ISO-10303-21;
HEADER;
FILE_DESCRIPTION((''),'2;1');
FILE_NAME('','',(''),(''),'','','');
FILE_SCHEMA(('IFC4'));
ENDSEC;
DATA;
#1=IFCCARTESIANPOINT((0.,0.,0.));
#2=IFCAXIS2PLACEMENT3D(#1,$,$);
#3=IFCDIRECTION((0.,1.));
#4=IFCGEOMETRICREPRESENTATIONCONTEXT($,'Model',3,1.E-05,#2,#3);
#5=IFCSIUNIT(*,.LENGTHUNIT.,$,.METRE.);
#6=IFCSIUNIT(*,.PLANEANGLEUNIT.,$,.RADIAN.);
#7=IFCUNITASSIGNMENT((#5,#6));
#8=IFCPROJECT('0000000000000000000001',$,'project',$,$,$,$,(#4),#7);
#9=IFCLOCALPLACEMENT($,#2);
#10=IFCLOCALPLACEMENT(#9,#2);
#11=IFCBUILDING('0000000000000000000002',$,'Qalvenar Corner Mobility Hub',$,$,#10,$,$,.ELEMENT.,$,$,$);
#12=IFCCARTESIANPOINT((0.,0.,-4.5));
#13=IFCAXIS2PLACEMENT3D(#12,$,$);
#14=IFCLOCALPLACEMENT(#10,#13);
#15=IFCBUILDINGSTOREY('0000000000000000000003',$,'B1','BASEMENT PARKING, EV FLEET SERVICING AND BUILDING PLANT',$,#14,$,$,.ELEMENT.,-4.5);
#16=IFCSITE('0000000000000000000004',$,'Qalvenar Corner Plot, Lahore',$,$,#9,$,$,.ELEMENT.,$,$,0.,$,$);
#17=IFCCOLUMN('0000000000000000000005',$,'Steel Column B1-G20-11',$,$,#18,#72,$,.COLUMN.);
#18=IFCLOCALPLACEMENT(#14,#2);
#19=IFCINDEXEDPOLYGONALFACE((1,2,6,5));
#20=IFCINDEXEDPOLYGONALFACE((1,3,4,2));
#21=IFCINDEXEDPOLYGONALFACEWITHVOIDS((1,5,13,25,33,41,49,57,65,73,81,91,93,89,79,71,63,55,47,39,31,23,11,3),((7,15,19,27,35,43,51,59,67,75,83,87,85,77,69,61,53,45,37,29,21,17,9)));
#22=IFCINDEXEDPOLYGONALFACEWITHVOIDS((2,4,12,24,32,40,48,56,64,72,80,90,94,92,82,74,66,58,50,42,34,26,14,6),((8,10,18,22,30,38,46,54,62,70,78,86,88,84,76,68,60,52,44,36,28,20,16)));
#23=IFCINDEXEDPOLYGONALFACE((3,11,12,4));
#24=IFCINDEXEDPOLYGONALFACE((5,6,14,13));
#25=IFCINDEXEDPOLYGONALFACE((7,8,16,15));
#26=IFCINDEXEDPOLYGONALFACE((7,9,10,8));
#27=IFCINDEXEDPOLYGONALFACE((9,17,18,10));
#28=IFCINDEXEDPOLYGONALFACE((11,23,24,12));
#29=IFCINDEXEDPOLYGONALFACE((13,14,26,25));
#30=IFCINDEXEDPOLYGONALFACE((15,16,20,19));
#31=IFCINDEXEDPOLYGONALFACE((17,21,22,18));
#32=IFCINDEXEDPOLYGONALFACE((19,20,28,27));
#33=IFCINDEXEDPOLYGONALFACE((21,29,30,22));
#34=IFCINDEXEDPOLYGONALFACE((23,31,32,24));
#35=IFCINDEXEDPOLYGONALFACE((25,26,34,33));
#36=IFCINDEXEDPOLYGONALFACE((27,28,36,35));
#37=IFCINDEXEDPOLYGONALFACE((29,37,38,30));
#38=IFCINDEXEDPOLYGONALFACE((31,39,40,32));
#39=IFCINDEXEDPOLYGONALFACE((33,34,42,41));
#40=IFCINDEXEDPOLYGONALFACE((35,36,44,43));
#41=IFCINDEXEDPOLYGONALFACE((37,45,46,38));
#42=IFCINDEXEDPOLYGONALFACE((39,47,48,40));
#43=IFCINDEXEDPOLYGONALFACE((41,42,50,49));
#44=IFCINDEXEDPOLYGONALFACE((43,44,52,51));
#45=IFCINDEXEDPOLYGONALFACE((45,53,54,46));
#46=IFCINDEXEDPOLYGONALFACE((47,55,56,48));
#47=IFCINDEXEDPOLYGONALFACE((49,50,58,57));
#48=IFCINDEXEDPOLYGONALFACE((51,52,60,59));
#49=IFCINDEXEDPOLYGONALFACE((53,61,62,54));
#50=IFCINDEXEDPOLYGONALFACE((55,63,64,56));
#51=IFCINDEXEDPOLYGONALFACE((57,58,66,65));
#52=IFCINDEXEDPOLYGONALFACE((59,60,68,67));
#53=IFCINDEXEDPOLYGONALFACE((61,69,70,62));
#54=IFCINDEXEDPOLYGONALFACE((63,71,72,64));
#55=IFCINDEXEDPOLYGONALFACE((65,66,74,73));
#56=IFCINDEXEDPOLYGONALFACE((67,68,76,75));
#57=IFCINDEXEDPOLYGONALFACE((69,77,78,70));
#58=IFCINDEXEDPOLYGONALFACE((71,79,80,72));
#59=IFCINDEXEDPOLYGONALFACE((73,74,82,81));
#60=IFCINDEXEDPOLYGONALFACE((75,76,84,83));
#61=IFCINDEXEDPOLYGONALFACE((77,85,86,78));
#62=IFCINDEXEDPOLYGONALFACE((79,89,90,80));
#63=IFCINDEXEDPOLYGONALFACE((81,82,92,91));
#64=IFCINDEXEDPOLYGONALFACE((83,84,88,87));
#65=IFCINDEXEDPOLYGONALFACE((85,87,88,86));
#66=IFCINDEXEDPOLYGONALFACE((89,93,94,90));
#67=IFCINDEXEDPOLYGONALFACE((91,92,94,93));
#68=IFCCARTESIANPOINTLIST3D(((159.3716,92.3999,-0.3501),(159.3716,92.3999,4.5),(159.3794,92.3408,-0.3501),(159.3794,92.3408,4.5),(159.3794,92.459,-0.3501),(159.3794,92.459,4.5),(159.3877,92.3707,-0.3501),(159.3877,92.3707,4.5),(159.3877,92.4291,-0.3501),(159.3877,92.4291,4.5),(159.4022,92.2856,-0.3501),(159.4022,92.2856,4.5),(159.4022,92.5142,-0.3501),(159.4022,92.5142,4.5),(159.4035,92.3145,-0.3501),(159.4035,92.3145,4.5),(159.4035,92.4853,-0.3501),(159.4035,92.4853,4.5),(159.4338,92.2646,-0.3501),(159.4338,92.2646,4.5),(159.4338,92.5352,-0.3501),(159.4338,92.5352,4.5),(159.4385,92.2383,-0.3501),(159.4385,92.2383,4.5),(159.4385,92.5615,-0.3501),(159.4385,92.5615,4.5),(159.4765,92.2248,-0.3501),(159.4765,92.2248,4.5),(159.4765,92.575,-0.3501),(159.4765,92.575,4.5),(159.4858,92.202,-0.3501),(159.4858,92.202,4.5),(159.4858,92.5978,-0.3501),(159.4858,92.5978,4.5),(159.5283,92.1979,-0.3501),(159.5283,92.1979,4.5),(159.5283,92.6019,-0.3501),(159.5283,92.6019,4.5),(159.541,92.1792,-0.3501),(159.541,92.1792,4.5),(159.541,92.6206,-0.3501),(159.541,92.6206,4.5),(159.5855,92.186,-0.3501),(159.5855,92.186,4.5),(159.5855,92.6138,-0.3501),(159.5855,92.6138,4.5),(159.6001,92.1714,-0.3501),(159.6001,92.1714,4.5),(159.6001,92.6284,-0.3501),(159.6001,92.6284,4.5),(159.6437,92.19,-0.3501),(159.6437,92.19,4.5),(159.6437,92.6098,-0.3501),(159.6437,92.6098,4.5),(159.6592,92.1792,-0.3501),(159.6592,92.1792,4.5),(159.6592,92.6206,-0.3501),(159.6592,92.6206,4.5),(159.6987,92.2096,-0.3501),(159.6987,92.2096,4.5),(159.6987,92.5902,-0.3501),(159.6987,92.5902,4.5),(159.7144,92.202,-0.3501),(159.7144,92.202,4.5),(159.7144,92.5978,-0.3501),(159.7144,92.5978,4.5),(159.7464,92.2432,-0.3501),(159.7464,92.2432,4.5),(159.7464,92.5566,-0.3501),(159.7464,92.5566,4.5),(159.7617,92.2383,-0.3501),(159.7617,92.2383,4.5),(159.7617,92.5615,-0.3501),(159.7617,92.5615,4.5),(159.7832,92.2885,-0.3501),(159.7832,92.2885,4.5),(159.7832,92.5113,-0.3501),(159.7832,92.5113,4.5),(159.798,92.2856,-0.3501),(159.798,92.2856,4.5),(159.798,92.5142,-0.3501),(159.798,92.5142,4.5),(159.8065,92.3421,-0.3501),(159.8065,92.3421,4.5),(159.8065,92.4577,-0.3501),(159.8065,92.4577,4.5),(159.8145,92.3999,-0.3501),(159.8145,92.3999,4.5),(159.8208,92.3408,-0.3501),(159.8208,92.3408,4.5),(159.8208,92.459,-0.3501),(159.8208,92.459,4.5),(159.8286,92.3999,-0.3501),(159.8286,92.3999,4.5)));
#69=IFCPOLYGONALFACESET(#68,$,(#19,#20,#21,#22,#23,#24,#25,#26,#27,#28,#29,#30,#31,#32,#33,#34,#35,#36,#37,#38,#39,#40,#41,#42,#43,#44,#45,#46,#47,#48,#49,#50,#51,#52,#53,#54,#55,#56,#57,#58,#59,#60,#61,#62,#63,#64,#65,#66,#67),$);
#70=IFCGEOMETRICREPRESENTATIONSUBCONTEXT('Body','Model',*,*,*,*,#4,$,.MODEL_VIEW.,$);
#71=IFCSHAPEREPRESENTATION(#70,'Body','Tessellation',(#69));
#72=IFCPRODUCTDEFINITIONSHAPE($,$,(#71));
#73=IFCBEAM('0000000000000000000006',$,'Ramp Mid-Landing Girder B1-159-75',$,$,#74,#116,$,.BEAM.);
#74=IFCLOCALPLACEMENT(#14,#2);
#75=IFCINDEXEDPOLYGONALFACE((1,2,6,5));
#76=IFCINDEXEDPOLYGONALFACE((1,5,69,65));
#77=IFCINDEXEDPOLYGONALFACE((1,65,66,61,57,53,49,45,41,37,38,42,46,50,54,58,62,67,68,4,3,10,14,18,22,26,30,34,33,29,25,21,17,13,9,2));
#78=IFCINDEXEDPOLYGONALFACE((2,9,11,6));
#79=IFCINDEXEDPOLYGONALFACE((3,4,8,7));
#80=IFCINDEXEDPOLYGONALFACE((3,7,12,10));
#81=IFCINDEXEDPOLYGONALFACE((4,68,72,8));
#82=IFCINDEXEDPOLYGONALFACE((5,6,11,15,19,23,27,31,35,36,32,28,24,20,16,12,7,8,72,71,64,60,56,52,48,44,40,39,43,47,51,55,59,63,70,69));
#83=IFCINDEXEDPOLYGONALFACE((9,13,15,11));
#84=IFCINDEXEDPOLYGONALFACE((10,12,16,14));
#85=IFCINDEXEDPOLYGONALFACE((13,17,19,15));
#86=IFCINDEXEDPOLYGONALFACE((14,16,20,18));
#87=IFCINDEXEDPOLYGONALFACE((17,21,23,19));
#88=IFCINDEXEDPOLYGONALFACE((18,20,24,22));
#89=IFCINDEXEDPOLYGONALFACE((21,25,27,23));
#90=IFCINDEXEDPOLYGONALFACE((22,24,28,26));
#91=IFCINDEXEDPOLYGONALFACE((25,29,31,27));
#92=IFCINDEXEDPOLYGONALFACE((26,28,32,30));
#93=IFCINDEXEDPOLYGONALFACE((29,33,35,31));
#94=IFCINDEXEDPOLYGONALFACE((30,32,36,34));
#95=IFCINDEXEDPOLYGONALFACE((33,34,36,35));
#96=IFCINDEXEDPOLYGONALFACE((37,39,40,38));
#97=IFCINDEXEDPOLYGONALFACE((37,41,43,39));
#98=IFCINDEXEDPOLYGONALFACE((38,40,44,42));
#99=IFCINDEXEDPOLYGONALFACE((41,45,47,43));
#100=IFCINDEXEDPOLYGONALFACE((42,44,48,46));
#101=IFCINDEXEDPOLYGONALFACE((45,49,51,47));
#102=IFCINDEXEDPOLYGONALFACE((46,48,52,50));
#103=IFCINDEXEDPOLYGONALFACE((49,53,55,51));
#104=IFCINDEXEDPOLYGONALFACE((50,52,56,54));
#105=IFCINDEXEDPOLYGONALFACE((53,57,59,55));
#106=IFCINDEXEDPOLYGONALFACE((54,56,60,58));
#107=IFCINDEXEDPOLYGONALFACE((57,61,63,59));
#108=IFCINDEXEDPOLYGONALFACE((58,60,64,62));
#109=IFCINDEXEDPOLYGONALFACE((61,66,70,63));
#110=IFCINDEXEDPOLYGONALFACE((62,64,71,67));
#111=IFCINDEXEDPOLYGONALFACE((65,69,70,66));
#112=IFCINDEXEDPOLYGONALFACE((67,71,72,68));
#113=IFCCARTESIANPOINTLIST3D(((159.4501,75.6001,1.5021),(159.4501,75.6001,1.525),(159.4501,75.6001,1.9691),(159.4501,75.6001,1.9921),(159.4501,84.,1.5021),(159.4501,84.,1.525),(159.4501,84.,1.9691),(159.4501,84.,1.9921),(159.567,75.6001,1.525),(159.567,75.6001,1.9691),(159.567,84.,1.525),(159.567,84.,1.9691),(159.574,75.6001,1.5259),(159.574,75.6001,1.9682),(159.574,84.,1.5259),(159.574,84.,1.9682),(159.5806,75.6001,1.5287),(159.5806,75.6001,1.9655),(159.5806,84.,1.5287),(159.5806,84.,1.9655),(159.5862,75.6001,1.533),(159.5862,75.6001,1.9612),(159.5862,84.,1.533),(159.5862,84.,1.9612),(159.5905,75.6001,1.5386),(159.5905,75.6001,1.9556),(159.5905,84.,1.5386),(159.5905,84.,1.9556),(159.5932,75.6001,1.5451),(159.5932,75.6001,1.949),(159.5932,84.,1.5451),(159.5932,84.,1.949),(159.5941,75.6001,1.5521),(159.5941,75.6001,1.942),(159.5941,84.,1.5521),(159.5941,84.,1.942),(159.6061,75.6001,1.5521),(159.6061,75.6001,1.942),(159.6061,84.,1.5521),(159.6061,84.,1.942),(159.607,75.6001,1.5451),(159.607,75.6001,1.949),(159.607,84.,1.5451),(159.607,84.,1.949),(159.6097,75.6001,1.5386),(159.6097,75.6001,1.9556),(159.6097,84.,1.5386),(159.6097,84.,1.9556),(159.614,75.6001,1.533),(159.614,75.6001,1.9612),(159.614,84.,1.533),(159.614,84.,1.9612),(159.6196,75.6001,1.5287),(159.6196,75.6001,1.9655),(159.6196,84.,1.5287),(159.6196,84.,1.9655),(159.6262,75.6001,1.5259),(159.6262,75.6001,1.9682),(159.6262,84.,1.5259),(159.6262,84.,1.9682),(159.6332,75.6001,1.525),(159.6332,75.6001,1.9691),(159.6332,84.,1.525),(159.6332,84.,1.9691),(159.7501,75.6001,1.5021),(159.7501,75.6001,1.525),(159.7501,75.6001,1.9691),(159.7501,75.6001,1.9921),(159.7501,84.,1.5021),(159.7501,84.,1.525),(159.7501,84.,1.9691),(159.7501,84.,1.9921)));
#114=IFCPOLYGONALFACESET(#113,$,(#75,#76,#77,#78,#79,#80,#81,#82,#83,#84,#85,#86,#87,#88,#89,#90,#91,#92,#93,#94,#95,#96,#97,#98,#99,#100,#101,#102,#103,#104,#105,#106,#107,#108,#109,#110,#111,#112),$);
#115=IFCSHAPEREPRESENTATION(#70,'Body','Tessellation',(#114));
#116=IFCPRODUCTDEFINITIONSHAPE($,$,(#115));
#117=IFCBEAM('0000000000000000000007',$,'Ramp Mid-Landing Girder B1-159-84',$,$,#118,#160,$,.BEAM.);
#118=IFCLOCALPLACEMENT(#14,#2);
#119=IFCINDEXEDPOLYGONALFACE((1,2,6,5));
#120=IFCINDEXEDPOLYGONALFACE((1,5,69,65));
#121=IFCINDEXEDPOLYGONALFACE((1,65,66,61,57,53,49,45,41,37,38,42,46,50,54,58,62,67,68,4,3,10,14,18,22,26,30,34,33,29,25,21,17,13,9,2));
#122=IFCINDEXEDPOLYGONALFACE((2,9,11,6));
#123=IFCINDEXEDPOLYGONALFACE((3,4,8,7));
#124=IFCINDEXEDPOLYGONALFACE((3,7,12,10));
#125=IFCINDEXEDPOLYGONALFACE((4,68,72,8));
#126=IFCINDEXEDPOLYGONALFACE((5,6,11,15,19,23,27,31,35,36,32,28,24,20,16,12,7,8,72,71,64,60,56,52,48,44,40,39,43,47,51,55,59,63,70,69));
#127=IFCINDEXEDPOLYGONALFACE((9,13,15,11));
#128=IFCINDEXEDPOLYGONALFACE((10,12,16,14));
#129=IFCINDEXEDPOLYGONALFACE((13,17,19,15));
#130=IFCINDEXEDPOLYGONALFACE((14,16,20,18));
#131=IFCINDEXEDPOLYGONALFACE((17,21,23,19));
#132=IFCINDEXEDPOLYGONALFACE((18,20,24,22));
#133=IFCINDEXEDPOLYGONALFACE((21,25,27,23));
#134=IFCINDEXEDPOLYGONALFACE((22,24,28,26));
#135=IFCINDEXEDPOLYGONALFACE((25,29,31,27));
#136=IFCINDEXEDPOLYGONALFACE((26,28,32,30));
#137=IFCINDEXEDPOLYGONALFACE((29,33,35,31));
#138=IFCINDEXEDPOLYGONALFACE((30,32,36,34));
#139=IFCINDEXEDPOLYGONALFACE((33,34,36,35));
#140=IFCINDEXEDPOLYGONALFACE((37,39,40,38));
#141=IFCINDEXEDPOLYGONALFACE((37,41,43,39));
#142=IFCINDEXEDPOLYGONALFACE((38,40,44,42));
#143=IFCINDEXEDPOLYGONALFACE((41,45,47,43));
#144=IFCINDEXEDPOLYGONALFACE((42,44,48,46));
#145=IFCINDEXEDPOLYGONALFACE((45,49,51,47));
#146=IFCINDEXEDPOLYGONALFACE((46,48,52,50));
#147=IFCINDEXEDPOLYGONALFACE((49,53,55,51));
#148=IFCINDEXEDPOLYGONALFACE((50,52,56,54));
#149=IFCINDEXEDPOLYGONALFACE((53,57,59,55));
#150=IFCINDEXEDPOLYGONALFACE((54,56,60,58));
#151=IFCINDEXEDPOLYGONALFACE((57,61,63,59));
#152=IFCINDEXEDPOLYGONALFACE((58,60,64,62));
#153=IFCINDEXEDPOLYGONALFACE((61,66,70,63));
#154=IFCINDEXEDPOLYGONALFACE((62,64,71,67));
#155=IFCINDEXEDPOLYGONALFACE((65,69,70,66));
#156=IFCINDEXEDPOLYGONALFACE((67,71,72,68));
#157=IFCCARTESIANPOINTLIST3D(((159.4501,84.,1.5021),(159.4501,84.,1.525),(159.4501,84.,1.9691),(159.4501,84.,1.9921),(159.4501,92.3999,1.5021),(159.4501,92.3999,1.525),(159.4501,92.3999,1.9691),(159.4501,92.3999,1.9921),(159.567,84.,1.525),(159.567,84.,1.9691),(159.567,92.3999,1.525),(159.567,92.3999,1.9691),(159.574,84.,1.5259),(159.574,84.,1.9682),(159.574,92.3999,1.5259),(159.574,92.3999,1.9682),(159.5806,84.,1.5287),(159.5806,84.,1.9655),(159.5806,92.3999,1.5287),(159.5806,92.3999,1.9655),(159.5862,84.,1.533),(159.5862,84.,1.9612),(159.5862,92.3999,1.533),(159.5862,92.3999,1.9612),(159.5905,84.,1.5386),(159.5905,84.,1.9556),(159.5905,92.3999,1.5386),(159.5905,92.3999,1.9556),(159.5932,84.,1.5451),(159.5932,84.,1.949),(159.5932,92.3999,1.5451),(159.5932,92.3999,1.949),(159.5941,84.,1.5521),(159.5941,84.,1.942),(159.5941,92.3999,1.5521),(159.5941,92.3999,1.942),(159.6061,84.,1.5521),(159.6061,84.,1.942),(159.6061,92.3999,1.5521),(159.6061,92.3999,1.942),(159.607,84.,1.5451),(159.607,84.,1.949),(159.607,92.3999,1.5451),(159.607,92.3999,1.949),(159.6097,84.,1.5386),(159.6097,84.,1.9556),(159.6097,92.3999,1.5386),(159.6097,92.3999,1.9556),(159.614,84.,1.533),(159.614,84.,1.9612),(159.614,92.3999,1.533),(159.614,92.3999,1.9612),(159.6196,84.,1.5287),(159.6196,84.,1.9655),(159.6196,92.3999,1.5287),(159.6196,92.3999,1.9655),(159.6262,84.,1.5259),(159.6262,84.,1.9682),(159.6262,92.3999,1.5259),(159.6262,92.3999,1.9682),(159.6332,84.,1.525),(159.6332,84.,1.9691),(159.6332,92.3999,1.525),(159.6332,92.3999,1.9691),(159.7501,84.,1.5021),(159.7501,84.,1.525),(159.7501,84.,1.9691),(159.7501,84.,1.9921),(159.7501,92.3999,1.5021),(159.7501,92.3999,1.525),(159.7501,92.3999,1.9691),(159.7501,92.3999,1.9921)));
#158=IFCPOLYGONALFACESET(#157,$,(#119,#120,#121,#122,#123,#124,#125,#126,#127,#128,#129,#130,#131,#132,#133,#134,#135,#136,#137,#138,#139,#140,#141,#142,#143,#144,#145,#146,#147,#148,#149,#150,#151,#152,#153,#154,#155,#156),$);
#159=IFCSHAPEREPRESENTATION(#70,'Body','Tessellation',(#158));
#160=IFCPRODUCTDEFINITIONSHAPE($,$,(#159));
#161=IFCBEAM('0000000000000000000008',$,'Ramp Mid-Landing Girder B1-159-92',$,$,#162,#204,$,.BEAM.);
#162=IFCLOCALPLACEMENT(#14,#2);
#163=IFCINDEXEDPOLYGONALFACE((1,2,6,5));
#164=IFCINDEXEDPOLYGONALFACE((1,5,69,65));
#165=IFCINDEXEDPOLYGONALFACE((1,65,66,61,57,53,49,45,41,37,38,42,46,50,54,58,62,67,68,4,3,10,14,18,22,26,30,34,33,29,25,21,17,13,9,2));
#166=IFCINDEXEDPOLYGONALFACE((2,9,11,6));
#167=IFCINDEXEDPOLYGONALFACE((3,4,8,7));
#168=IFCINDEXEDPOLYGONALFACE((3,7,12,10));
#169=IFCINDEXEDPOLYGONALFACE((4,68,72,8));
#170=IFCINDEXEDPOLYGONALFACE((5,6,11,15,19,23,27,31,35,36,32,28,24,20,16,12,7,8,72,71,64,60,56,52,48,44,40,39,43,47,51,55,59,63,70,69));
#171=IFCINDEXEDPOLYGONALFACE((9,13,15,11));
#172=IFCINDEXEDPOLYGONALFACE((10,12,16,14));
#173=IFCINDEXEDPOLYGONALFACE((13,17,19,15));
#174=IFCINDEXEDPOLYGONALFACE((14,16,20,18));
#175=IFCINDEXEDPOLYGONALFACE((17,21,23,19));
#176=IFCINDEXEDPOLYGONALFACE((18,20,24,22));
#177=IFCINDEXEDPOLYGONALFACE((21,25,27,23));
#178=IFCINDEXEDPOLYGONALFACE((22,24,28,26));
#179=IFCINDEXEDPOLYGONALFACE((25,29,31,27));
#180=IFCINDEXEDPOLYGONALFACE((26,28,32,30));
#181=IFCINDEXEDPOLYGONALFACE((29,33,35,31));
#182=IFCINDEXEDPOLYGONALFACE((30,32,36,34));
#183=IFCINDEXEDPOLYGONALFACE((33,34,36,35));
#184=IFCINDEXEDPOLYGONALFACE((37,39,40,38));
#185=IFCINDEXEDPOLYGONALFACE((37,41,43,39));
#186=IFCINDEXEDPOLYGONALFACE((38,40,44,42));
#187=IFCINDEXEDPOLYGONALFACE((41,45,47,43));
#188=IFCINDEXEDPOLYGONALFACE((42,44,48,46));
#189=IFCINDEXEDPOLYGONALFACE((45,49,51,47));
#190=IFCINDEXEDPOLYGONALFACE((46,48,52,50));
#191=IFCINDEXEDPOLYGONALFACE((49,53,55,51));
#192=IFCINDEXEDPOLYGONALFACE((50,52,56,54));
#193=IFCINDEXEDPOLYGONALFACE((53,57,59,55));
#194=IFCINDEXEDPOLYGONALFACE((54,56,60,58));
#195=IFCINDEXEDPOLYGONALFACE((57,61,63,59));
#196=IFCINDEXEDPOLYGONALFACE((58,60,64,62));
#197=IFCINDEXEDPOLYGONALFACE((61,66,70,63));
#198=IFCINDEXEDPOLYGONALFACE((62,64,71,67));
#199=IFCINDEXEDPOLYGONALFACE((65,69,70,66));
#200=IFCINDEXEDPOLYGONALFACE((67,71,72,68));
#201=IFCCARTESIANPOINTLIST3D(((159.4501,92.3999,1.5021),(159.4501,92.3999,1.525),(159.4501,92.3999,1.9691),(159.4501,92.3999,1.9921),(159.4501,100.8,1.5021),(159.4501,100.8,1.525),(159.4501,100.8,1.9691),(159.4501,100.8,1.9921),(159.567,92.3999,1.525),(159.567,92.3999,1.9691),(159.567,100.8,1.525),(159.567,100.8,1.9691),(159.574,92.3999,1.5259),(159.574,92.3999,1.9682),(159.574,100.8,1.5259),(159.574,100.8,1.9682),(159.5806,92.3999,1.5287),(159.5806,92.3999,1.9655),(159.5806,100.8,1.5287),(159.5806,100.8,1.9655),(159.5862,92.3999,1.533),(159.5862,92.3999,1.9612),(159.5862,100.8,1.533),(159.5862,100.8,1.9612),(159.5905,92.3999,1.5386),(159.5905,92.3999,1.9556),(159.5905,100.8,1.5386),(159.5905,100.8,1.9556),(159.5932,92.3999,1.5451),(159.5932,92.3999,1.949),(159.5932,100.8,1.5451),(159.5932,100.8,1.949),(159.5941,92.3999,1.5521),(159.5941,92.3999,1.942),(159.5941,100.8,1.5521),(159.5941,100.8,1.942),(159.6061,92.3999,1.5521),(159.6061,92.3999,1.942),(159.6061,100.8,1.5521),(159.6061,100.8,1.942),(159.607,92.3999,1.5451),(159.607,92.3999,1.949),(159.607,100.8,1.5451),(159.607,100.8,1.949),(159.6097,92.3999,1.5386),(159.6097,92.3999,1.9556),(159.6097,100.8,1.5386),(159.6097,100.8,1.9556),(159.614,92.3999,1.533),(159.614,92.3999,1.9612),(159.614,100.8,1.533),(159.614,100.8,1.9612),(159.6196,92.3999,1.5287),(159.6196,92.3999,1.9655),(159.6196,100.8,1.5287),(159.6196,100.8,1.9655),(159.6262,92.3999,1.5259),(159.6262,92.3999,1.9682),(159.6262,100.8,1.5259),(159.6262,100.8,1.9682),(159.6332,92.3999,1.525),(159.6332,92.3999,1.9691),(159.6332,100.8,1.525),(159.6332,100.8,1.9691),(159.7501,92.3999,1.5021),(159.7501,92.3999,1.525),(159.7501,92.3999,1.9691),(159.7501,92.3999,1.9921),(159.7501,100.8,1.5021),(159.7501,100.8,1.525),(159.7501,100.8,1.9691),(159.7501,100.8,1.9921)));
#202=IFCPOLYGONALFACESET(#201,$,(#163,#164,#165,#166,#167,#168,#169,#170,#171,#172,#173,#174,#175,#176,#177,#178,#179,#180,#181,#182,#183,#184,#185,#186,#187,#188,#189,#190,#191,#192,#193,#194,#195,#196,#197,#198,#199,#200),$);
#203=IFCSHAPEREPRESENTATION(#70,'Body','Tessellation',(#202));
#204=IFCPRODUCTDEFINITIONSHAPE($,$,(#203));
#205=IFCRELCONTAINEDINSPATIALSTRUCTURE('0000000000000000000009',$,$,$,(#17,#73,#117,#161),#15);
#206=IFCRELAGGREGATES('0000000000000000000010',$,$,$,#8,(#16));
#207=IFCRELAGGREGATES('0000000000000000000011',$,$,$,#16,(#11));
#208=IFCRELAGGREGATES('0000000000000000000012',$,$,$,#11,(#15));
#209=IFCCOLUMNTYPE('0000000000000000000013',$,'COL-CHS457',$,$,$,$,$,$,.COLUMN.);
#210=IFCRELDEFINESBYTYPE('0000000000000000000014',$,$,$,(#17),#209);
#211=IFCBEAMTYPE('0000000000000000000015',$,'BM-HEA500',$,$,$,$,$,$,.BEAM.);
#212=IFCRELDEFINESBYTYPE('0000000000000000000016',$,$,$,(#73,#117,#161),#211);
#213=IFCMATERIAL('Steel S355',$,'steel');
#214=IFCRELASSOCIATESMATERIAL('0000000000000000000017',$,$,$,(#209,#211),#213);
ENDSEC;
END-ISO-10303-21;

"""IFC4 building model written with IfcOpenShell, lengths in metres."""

from ifc_helpers import new_model, si_unit, direction, frame, origin, origin_2d, place, context, subcontext, project, spatial, hollow_circle, i_section, extrude, material, material_profile, profile_set, type_object, element, save


model = new_model("IFC4")

# Units and contexts
model_context = context("Model", 3, precision=1e-05, world=origin(), true_north=direction((0.0, 1.0)))
body_context = subcontext(model_context, "Body", "Model", "MODEL_VIEW")
ifc_project = project(units=[si_unit("LENGTHUNIT", "METRE"), si_unit("PLANEANGLEUNIT", "RADIAN")], contexts=[model_context])

# Site, building, storey
site_placement = place(None, origin())
site = spatial("IfcSite", under=ifc_project, at=site_placement, Name="Qalvenar Corner Plot, Lahore", CompositionType="ELEMENT", RefElevation=0.0)
building_placement = place(site_placement, origin())
building = spatial("IfcBuilding", under=site, at=building_placement, Name="Qalvenar Corner Mobility Hub", CompositionType="ELEMENT")
storey_placement = place(building_placement, frame((0.0, 0.0, -4.5)))
storey = spatial("IfcBuildingStorey", under=building, at=storey_placement, Name="B1", Description="BASEMENT PARKING, EV FLEET SERVICING AND BUILDING PLANT", CompositionType="ELEMENT", Elevation=-4.5)

# Column
ifc_material_1 = material(Name="Steel S355", Category="steel")
ifc_material_profile_1 = material_profile(ifc_material_1, hollow_circle(Radius=0.2285, WallThickness=0.0142, at=origin_2d()), Name="CHS457x14.2")
ifc_profile_set_1 = profile_set([ifc_material_profile_1], Name="Steel S355")
column_type = type_object("IfcColumnType", Name="COL-CHS457", PredefinedType="COLUMN", material=ifc_profile_set_1)
for number, where, z_axis, x_axis, name in (
    (1, (159.6001, 92.3999, -0.3501), (0.0, 0.0, 1.0), (1.0, 0.0, 0.0), "Steel Column B1-G20-11"),
):
    element("IfcColumn", number, at=place(storey_placement, frame(where, z_axis=z_axis, x_axis=x_axis)), inside=storey, type_object=column_type, Name=name, PredefinedType="COLUMN", context=body_context, shape_type="SweptSolid", body=[
        extrude(hollow_circle(Radius=0.2285, WallThickness=0.0142, at=origin_2d()), origin(), (0.0, 0.0, 1.0), 4.8501),
    ])

# Beams
ifc_material_profile_2 = material_profile(ifc_material_1, i_section(OverallWidth=0.3, OverallDepth=0.49, WebThickness=0.012, FlangeThickness=0.0229, FilletRadius=0.0271, at=origin_2d()), Name="HEA500")
ifc_profile_set_2 = profile_set([ifc_material_profile_2], Name="Steel S355")
beam_type = type_object("IfcBeamType", Name="BM-HEA500", PredefinedType="BEAM", material=ifc_profile_set_2)
for number, where, z_axis, x_axis, name in (
    (2, (159.6001, 75.6001, 1.7471), (0.0, 1.0, 0.0), (-1.0, 0.0, 0.0), "Ramp Mid-Landing Girder B1-159-75"),
    (3, (159.6001, 84.0, 1.7471), (0.0, 1.0, 0.0), (-1.0, 0.0, 0.0), "Ramp Mid-Landing Girder B1-159-84"),
):
    element("IfcBeam", number, at=place(storey_placement, frame(where, z_axis=z_axis, x_axis=x_axis)), inside=storey, type_object=beam_type, Name=name, PredefinedType="BEAM", context=body_context, shape_type="SweptSolid", body=[
        extrude(i_section(OverallWidth=0.3, OverallDepth=0.49, WebThickness=0.012, FlangeThickness=0.0229, FilletRadius=0.0271, at=origin_2d()), origin(), (0.0, 0.0, 1.0), 8.3999),
    ])
beam_placement = place(storey_placement, frame((159.6001, 92.3999, 1.7471), z_axis=(0.0, 1.0, 0.0), x_axis=(-1.0, 0.0, 0.0)))
element("IfcBeam", 4, at=beam_placement, inside=storey, type_object=beam_type, Name="Ramp Mid-Landing Girder B1-159-92", PredefinedType="BEAM", context=body_context, shape_type="SweptSolid", body=[
    extrude(i_section(OverallWidth=0.3, OverallDepth=0.49, WebThickness=0.012, FlangeThickness=0.0229, FilletRadius=0.0271, at=origin_2d()), origin(), (0.0, 0.0, 1.0), 8.4001),
])

save(model, "model.ifc")
